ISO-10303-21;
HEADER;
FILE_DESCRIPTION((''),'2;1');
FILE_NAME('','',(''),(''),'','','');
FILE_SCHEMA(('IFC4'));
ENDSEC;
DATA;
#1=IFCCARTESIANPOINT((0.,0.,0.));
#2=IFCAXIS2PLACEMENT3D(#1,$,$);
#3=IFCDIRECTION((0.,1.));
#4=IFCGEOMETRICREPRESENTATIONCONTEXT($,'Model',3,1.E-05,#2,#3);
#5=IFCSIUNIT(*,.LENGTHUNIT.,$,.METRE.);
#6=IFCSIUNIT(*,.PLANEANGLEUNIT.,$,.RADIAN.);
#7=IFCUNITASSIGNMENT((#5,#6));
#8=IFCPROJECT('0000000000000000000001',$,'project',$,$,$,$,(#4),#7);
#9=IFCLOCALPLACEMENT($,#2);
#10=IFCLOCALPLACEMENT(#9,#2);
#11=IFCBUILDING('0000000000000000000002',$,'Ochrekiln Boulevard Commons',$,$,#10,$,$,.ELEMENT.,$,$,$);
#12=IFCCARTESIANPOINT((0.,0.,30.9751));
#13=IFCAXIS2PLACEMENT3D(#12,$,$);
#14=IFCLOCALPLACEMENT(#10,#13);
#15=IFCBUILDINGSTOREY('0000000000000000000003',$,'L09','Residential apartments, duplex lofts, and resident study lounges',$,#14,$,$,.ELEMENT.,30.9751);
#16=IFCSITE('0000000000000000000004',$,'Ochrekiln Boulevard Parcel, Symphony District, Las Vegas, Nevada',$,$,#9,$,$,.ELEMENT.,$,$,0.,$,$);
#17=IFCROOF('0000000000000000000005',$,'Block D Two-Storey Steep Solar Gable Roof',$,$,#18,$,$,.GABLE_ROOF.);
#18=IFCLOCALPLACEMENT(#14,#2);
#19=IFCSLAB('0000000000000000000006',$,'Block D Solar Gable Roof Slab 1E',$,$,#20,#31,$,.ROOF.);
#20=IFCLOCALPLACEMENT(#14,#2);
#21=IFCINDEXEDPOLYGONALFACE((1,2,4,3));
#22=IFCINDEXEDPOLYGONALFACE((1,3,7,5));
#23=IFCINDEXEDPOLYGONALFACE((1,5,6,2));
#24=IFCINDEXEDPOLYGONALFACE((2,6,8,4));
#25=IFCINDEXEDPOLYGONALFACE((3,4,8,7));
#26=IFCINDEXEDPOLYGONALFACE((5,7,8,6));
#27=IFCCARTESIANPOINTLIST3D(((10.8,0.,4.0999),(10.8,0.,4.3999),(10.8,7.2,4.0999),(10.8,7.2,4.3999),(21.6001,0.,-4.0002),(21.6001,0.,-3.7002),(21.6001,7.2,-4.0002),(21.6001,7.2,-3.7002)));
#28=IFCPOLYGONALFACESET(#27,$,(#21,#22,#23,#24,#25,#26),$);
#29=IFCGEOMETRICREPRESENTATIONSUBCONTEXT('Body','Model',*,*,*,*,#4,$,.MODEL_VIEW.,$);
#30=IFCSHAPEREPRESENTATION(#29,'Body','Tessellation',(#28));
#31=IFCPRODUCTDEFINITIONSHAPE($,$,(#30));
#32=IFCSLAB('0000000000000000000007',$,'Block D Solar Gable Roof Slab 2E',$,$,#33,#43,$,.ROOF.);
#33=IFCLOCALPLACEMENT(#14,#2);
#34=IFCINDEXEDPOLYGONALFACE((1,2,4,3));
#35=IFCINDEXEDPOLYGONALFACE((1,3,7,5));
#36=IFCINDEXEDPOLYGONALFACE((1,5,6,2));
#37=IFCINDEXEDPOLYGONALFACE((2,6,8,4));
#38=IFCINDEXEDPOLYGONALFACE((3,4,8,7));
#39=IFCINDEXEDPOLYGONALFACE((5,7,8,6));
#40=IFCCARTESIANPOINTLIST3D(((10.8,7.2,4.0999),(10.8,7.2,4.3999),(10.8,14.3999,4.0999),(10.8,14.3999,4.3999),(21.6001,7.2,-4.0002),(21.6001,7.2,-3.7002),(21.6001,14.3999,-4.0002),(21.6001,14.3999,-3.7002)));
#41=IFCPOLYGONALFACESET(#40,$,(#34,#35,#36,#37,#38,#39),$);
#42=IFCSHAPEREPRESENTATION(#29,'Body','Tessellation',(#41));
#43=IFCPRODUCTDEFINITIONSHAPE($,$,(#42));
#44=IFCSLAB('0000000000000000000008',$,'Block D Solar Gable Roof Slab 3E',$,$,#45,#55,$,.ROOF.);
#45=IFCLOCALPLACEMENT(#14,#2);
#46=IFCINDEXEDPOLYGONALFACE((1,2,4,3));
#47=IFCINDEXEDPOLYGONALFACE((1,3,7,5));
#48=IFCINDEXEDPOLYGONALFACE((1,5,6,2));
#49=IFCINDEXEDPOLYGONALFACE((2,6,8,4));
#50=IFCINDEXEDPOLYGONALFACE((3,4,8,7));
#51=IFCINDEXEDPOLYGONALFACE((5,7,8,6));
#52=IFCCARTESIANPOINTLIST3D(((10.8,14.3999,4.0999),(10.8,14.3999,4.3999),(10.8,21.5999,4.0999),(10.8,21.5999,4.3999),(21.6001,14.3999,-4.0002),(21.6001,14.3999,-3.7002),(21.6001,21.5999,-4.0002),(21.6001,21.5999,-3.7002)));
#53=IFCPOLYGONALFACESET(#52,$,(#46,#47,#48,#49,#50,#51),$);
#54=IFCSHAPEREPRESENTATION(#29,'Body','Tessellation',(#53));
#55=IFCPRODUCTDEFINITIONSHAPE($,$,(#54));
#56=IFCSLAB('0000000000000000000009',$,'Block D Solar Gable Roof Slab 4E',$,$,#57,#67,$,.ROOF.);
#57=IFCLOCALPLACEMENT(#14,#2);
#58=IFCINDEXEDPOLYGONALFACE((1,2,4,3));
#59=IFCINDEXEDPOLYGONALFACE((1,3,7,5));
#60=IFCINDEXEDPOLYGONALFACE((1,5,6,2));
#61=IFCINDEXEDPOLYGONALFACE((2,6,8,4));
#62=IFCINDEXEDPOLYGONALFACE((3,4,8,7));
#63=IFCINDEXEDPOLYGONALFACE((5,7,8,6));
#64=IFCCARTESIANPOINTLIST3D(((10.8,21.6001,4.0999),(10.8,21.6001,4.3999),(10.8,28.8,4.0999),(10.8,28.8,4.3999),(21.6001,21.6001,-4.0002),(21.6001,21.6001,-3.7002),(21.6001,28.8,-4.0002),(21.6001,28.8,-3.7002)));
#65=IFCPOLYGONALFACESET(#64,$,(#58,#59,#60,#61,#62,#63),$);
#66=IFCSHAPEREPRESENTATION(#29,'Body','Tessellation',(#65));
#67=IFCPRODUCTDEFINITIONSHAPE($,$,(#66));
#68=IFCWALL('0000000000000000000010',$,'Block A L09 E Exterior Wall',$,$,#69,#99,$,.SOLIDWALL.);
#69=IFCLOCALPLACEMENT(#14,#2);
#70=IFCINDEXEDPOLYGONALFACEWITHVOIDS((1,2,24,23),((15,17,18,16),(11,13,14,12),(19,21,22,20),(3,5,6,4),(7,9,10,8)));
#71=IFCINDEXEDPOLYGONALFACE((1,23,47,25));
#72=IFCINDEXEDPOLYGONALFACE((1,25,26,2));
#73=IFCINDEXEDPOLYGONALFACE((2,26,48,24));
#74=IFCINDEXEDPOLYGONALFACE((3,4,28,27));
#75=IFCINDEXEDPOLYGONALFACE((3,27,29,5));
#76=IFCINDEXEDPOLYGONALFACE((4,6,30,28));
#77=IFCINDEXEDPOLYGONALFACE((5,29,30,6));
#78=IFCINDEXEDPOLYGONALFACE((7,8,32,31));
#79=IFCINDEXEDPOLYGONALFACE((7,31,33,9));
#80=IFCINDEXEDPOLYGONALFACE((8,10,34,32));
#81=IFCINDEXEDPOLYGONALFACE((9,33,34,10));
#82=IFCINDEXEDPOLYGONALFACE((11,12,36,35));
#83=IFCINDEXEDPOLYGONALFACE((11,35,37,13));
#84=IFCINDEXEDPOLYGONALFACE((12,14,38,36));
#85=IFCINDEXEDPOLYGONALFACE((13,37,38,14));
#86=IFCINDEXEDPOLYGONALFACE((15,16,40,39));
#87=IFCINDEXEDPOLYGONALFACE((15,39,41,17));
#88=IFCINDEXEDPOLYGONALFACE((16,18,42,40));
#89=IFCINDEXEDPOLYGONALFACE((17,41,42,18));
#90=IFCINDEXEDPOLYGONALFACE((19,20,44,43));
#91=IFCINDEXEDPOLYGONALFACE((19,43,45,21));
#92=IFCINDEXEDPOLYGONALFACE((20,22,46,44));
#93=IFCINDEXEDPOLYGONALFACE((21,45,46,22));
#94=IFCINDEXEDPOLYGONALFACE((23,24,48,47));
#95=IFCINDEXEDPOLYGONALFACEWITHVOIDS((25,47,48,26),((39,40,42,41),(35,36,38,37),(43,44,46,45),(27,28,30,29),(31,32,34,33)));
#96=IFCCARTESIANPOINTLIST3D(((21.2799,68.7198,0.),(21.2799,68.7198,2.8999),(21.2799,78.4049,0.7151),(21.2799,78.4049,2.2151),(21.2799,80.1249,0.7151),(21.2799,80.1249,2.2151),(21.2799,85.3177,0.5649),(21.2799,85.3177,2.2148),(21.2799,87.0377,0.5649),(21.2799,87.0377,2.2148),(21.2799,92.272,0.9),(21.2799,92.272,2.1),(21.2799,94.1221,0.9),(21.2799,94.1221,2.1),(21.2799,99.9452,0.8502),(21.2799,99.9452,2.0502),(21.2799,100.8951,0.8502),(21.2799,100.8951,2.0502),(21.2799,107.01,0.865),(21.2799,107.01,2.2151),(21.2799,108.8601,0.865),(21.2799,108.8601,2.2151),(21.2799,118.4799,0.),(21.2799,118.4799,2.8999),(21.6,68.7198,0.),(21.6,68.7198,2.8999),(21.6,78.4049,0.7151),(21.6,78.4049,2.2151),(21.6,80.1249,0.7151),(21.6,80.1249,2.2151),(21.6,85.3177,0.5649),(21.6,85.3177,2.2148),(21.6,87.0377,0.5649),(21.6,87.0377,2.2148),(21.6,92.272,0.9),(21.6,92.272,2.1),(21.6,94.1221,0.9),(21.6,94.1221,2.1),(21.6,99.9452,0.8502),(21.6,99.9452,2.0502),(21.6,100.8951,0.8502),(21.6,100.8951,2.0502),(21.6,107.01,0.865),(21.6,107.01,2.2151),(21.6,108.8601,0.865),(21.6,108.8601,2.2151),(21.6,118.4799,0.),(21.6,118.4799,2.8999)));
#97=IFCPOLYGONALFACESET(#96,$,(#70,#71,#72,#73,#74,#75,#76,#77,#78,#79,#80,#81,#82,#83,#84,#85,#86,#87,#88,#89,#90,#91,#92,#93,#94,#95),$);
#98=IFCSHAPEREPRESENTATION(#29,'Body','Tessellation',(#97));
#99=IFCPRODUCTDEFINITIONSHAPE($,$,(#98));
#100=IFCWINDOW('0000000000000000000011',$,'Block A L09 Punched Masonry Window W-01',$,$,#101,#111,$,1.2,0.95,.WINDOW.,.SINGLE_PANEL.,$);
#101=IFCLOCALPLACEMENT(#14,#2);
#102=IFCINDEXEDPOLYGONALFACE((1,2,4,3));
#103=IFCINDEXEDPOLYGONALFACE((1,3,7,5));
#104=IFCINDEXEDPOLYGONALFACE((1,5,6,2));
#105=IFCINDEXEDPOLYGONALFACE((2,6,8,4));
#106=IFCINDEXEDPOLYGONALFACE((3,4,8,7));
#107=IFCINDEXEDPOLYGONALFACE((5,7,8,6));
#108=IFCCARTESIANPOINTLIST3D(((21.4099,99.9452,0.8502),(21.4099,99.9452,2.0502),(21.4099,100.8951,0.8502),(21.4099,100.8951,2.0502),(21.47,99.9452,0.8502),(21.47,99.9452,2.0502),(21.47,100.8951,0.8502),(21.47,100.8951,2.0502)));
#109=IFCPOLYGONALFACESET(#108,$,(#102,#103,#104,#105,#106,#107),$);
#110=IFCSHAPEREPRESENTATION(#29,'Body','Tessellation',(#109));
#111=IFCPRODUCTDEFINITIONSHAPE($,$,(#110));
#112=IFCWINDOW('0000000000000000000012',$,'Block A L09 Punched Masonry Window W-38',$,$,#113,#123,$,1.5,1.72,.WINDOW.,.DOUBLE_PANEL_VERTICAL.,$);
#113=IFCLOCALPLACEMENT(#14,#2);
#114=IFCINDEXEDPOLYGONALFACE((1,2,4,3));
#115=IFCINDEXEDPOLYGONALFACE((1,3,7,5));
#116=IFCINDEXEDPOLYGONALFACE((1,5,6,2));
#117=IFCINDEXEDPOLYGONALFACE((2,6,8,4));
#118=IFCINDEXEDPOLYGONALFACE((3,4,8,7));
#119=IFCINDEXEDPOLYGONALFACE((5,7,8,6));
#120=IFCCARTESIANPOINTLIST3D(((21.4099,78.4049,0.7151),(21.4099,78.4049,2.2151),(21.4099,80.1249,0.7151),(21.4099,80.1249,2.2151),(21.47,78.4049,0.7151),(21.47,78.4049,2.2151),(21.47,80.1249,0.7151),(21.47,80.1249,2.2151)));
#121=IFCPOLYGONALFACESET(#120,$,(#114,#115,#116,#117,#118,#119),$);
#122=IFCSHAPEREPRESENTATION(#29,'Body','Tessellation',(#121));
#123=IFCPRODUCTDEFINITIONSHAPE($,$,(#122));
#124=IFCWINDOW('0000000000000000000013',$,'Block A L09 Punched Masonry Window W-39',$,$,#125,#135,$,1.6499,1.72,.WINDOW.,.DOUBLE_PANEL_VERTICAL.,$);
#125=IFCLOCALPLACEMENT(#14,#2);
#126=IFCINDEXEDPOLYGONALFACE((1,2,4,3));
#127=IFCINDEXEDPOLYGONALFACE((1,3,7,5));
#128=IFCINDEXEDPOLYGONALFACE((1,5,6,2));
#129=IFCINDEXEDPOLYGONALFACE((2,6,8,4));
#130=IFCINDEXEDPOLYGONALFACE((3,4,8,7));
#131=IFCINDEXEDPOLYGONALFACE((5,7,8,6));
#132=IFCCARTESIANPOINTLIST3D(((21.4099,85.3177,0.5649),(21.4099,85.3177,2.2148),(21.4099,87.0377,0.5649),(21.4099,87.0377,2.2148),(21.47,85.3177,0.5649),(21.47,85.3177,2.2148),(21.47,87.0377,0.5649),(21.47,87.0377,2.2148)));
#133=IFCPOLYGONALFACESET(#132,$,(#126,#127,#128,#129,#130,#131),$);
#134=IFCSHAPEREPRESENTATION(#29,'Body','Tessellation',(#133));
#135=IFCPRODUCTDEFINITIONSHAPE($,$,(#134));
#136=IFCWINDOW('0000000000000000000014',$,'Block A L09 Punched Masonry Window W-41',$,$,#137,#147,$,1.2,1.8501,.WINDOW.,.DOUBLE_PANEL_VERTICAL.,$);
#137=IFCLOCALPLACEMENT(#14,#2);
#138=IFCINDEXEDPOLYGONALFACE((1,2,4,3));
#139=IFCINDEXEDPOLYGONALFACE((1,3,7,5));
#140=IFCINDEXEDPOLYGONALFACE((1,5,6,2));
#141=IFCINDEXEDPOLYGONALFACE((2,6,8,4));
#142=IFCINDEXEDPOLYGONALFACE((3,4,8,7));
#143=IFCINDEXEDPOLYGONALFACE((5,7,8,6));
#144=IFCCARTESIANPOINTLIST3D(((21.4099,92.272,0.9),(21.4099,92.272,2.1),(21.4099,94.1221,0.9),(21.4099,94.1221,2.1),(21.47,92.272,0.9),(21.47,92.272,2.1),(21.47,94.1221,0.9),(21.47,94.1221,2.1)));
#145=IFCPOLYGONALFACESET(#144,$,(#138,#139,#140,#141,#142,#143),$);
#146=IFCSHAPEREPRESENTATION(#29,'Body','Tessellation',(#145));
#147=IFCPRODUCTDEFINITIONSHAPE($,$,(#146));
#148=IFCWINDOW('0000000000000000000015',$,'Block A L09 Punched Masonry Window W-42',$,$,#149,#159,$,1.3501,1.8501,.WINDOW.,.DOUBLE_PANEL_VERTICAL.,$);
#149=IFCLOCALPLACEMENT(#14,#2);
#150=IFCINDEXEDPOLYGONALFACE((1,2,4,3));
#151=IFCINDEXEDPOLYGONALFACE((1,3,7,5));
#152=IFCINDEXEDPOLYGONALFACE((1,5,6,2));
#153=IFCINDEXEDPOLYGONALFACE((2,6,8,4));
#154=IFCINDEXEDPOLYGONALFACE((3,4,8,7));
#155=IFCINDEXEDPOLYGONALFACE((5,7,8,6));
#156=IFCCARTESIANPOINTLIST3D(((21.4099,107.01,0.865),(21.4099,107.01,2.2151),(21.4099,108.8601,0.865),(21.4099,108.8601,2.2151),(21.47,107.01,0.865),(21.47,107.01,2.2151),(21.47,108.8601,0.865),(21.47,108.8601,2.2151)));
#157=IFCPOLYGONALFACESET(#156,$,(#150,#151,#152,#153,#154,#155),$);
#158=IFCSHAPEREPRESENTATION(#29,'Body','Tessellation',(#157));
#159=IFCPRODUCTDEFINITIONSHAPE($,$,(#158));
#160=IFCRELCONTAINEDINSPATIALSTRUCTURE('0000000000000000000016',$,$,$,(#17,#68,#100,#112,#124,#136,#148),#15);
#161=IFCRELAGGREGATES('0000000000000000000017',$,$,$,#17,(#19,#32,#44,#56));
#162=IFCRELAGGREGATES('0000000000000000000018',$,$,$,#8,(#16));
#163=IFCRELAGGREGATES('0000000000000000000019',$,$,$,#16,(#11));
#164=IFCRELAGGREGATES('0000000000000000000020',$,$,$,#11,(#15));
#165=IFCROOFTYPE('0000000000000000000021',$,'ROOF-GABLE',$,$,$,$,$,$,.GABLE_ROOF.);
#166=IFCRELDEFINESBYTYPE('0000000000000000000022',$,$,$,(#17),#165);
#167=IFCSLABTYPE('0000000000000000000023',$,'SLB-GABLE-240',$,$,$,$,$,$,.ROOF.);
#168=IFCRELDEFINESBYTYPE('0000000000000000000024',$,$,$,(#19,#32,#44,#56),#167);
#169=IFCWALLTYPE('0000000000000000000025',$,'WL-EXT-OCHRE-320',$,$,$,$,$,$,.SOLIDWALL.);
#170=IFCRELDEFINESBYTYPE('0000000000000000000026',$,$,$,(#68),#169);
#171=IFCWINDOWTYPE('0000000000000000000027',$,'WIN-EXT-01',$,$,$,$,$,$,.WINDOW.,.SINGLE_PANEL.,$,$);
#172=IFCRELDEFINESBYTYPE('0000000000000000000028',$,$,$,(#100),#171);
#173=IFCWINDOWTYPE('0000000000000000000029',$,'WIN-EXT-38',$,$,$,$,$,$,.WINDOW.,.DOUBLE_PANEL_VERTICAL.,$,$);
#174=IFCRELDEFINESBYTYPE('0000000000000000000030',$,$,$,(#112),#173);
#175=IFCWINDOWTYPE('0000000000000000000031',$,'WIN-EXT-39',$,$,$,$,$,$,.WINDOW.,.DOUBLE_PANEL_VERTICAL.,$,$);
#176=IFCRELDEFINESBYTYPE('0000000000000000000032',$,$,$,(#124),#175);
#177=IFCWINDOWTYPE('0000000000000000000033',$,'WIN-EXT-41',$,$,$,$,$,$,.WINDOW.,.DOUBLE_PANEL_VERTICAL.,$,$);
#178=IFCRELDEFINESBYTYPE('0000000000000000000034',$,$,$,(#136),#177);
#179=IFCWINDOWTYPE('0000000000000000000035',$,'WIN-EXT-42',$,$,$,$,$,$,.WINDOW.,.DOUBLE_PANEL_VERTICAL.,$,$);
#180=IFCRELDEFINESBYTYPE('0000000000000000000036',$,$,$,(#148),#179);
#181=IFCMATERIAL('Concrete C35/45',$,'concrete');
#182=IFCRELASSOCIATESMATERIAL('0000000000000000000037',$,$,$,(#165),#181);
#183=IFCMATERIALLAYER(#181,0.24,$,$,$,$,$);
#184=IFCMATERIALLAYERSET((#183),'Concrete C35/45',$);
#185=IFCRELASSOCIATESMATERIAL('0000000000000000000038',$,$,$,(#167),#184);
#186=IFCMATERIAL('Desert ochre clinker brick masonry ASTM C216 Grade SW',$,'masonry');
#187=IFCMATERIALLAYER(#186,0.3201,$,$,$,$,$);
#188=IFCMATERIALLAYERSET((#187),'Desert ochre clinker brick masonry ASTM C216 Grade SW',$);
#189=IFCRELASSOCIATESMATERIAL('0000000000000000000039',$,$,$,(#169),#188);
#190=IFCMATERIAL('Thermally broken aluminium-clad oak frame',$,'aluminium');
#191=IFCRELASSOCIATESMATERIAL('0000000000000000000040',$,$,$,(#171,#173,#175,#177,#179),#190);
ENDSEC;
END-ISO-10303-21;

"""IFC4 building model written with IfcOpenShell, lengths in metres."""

from ifc_helpers import new_model, si_unit, direction, frame, frame_2d, origin, place, context, subcontext, project, spatial, polyline, rectangle, outline, extrude, material, layer, layer_set, type_object, element, fill, aggregate, save


model = new_model("IFC4")

# Units and contexts
model_context = context("Model", 3, precision=1e-05, world=origin(), true_north=direction((0.0, 1.0)))
body_context = subcontext(model_context, "Body", "Model", "MODEL_VIEW")
ifc_project = project(units=[si_unit("LENGTHUNIT", "METRE"), si_unit("PLANEANGLEUNIT", "RADIAN")], contexts=[model_context])

# Site, building, storey
site_placement = place(None, origin())
site = spatial("IfcSite", under=ifc_project, at=site_placement, Name="Ochrekiln Boulevard Parcel, Symphony District, Las Vegas, Nevada", CompositionType="ELEMENT", RefElevation=0.0)
building_placement = place(site_placement, origin())
building = spatial("IfcBuilding", under=site, at=building_placement, Name="Ochrekiln Boulevard Commons", CompositionType="ELEMENT")
storey_placement = place(building_placement, frame((0.0, 0.0, 30.9751)))
storey = spatial("IfcBuildingStorey", under=building, at=storey_placement, Name="L09", Description="Residential apartments, duplex lofts, and resident study lounges", CompositionType="ELEMENT", Elevation=30.9751)

# Roof, slabs
ifc_material_1 = material(Name="Concrete C35/45", Category="concrete")
roof_type = type_object("IfcRoofType", Name="ROOF-GABLE", PredefinedType="GABLE_ROOF", material=ifc_material_1)
roof_placement = place(storey_placement, origin())
roof = element("IfcRoof", 1, at=roof_placement, inside=storey, type_object=roof_type, Name="Block D Two-Storey Steep Solar Gable Roof", PredefinedType="GABLE_ROOF")
ifc_layer_1 = layer(ifc_material_1, 0.24)
ifc_layer_set_1 = layer_set([ifc_layer_1], Name="Concrete C35/45")
slab_type = type_object("IfcSlabType", Name="SLB-GABLE-240", PredefinedType="ROOF", material=ifc_layer_set_1)
slab_1_placement = place(storey_placement, frame((21.6001, 0.0, -3.7002), z_axis=(0.0, 1.0, 0.0), x_axis=(-1.0, 0.0, 0.0)))
slab_1 = element("IfcSlab", 2, at=slab_1_placement, type_object=slab_type, Name="Block D Solar Gable Roof Slab 1E", PredefinedType="ROOF", context=body_context, shape_type="SweptSolid", body=[
    extrude(outline(polyline([(0.0, 0.0), (10.8, 8.1001), (10.8, 7.8), (0.0, -0.3), (0.0, 0.0)])), origin(), (0.0, 0.0, 1.0), 7.2),
])
slab_2_placement = place(storey_placement, frame((21.6001, 7.2, -3.7002), z_axis=(0.0, 1.0, 0.0), x_axis=(-1.0, 0.0, 0.0)))
slab_2 = element("IfcSlab", 3, at=slab_2_placement, type_object=slab_type, Name="Block D Solar Gable Roof Slab 2E", PredefinedType="ROOF", context=body_context, shape_type="SweptSolid", body=[
    extrude(outline(polyline([(0.0, 0.0), (10.8, 8.1001), (10.8, 7.8), (0.0, -0.3), (0.0, 0.0)])), origin(), (0.0, 0.0, 1.0), 7.2),
])
slab_3_placement = place(storey_placement, frame((21.6001, 14.3999, -3.7002), z_axis=(0.0, 1.0, 0.0), x_axis=(-1.0, 0.0, 0.0)))
slab_3 = element("IfcSlab", 4, at=slab_3_placement, type_object=slab_type, Name="Block D Solar Gable Roof Slab 3E", PredefinedType="ROOF", context=body_context, shape_type="SweptSolid", body=[
    extrude(outline(polyline([(0.0, 0.0), (10.8, 8.1001), (10.8, 7.8), (0.0, -0.3), (0.0, 0.0)])), origin(), (0.0, 0.0, 1.0), 7.2),
])
slab_4_placement = place(storey_placement, frame((21.6001, 21.6001, -3.7002), z_axis=(0.0, 1.0, 0.0), x_axis=(-1.0, 0.0, 0.0)))
slab_4 = element("IfcSlab", 5, at=slab_4_placement, type_object=slab_type, Name="Block D Solar Gable Roof Slab 4E", PredefinedType="ROOF", context=body_context, shape_type="SweptSolid", body=[
    extrude(outline(polyline([(0.0, 0.0), (10.8, 8.1001), (10.8, 7.8), (0.0, -0.3), (0.0, 0.0)])), origin(), (0.0, 0.0, 1.0), 7.2),
])
aggregate(roof, [slab_1, slab_2, slab_3, slab_4])

# Wall, openings, windows
ifc_material_2 = material(Name="Desert ochre clinker brick masonry ASTM C216 Grade SW", Category="masonry")
ifc_layer_2 = layer(ifc_material_2, 0.3201)
ifc_layer_set_2 = layer_set([ifc_layer_2], Name="Desert ochre clinker brick masonry ASTM C216 Grade SW")
wall_type = type_object("IfcWallType", Name="WL-EXT-OCHRE-320", PredefinedType="SOLIDWALL", material=ifc_layer_set_2)
wall_placement = place(storey_placement, frame((21.4399, 68.72, 0.0), z_axis=(0.0, 0.0, 1.0), x_axis=(0.0, 1.0, 0.0)))
wall = element("IfcWall", 6, at=wall_placement, inside=storey, type_object=wall_type, Name="Block A L09 E Exterior Wall", PredefinedType="SOLIDWALL", context=body_context, shape_type="SweptSolid", body=[
    extrude(rectangle(XDim=49.76, YDim=0.3201, at=frame_2d((24.8799, 0.0))), origin(), (0.0, 0.0, 1.0), 2.8999),
])
opening_1_placement = place(wall_placement, frame((9.6851, 0.0, 0.7151)))
opening_1 = element("IfcOpeningElement", 7, at=opening_1_placement, cuts=wall, PredefinedType="OPENING", context=body_context, shape_type="SweptSolid", body=[
    extrude(rectangle(XDim=1.72, YDim=1.5, at=frame_2d((0.8599, 0.75))), frame((0.0, 0.1699, 0.0), z_axis=(0.0, -1.0, 0.0), x_axis=(1.0, 0.0, 0.0)), (0.0, 0.0, 1.0), 0.3401),
])
opening_2_placement = place(wall_placement, frame((16.5979, 0.0, 0.5649)))
opening_2 = element("IfcOpeningElement", 8, at=opening_2_placement, cuts=wall, PredefinedType="OPENING", context=body_context, shape_type="SweptSolid", body=[
    extrude(rectangle(XDim=1.72, YDim=1.6499, at=frame_2d((0.8599, 0.825))), frame((0.0, 0.1699, 0.0), z_axis=(0.0, -1.0, 0.0), x_axis=(1.0, 0.0, 0.0)), (0.0, 0.0, 1.0), 0.3401),
])
opening_3_placement = place(wall_placement, frame((31.2251, 0.0, 0.8501)))
opening_3 = element("IfcOpeningElement", 9, at=opening_3_placement, cuts=wall, PredefinedType="OPENING", context=body_context, shape_type="SweptSolid", body=[
    extrude(rectangle(XDim=0.95, YDim=1.2, at=frame_2d((0.4751, 0.6001))), frame((0.0, 0.1699, 0.0), z_axis=(0.0, -1.0, 0.0), x_axis=(1.0, 0.0, 0.0)), (0.0, 0.0, 1.0), 0.3401),
])
opening_4_placement = place(wall_placement, frame((23.552, 0.0, 0.8999)))
opening_4 = element("IfcOpeningElement", 10, at=opening_4_placement, cuts=wall, PredefinedType="OPENING", context=body_context, shape_type="SweptSolid", body=[
    extrude(rectangle(XDim=1.8501, YDim=1.2, at=frame_2d((0.925, 0.6001))), frame((0.0, 0.1699, 0.0), z_axis=(0.0, -1.0, 0.0), x_axis=(1.0, 0.0, 0.0)), (0.0, 0.0, 1.0), 0.3401),
])
opening_5_placement = place(wall_placement, frame((38.29, 0.0, 0.865)))
opening_5 = element("IfcOpeningElement", 11, at=opening_5_placement, cuts=wall, PredefinedType="OPENING", context=body_context, shape_type="SweptSolid", body=[
    extrude(rectangle(XDim=1.8501, YDim=1.3501, at=frame_2d((0.925, 0.675))), frame((0.0, 0.1699, 0.0), z_axis=(0.0, -1.0, 0.0), x_axis=(1.0, 0.0, 0.0)), (0.0, 0.0, 1.0), 0.3401),
])
ifc_material_3 = material(Name="Thermally broken aluminium-clad oak frame", Category="aluminium")
window_type_1 = type_object("IfcWindowType", Name="WIN-EXT-01", PartitioningType="SINGLE_PANEL", PredefinedType="WINDOW", material=ifc_material_3)
window_1_placement = place(opening_3_placement, origin())
window_1 = element("IfcWindow", 12, at=window_1_placement, inside=storey, type_object=window_type_1, Name="Block A L09 Punched Masonry Window W-01", OverallHeight=1.2, OverallWidth=0.95, PartitioningType="SINGLE_PANEL", PredefinedType="WINDOW", context=body_context, shape_type="SweptSolid", body=[
    extrude(rectangle(XDim=0.95, YDim=1.2, at=frame_2d((0.4751, 0.6001))), frame((0.0, 0.03, 0.0), z_axis=(0.0, -1.0, 0.0), x_axis=(1.0, 0.0, 0.0)), (0.0, 0.0, 1.0), 0.0601),
])
fill(opening_3, window_1)
window_type_2 = type_object("IfcWindowType", Name="WIN-EXT-38", PartitioningType="DOUBLE_PANEL_VERTICAL", PredefinedType="WINDOW", material=ifc_material_3)
window_2_placement = place(opening_1_placement, origin())
window_2 = element("IfcWindow", 13, at=window_2_placement, inside=storey, type_object=window_type_2, Name="Block A L09 Punched Masonry Window W-38", OverallHeight=1.5, OverallWidth=1.72, PartitioningType="DOUBLE_PANEL_VERTICAL", PredefinedType="WINDOW", context=body_context, shape_type="SweptSolid", body=[
    extrude(rectangle(XDim=1.72, YDim=1.5, at=frame_2d((0.8599, 0.75))), frame((0.0, 0.03, 0.0), z_axis=(0.0, -1.0, 0.0), x_axis=(1.0, 0.0, 0.0)), (0.0, 0.0, 1.0), 0.0601),
])
fill(opening_1, window_2)
window_type_3 = type_object("IfcWindowType", Name="WIN-EXT-39", PartitioningType="DOUBLE_PANEL_VERTICAL", PredefinedType="WINDOW", material=ifc_material_3)
window_3_placement = place(opening_2_placement, origin())
window_3 = element("IfcWindow", 14, at=window_3_placement, inside=storey, type_object=window_type_3, Name="Block A L09 Punched Masonry Window W-39", OverallHeight=1.6499, OverallWidth=1.72, PartitioningType="DOUBLE_PANEL_VERTICAL", PredefinedType="WINDOW", context=body_context, shape_type="SweptSolid", body=[
    extrude(rectangle(XDim=1.72, YDim=1.6499, at=frame_2d((0.8599, 0.825))), frame((0.0, 0.03, 0.0), z_axis=(0.0, -1.0, 0.0), x_axis=(1.0, 0.0, 0.0)), (0.0, 0.0, 1.0), 0.0601),
])
fill(opening_2, window_3)
window_type_4 = type_object("IfcWindowType", Name="WIN-EXT-41", PartitioningType="DOUBLE_PANEL_VERTICAL", PredefinedType="WINDOW", material=ifc_material_3)
window_4_placement = place(opening_4_placement, origin())
window_4 = element("IfcWindow", 15, at=window_4_placement, inside=storey, type_object=window_type_4, Name="Block A L09 Punched Masonry Window W-41", OverallHeight=1.2, OverallWidth=1.8501, PartitioningType="DOUBLE_PANEL_VERTICAL", PredefinedType="WINDOW", context=body_context, shape_type="SweptSolid", body=[
    extrude(rectangle(XDim=1.8501, YDim=1.2, at=frame_2d((0.925, 0.6001))), frame((0.0, 0.03, 0.0), z_axis=(0.0, -1.0, 0.0), x_axis=(1.0, 0.0, 0.0)), (0.0, 0.0, 1.0), 0.0601),
])
fill(opening_4, window_4)
window_type_5 = type_object("IfcWindowType", Name="WIN-EXT-42", PartitioningType="DOUBLE_PANEL_VERTICAL", PredefinedType="WINDOW", material=ifc_material_3)
window_5_placement = place(opening_5_placement, origin())
window_5 = element("IfcWindow", 16, at=window_5_placement, inside=storey, type_object=window_type_5, Name="Block A L09 Punched Masonry Window W-42", OverallHeight=1.3501, OverallWidth=1.8501, PartitioningType="DOUBLE_PANEL_VERTICAL", PredefinedType="WINDOW", context=body_context, shape_type="SweptSolid", body=[
    extrude(rectangle(XDim=1.8501, YDim=1.3501, at=frame_2d((0.925, 0.675))), frame((0.0, 0.03, 0.0), z_axis=(0.0, -1.0, 0.0), x_axis=(1.0, 0.0, 0.0)), (0.0, 0.0, 1.0), 0.0601),
])
fill(opening_5, window_5)

save(model, "model.ifc")
